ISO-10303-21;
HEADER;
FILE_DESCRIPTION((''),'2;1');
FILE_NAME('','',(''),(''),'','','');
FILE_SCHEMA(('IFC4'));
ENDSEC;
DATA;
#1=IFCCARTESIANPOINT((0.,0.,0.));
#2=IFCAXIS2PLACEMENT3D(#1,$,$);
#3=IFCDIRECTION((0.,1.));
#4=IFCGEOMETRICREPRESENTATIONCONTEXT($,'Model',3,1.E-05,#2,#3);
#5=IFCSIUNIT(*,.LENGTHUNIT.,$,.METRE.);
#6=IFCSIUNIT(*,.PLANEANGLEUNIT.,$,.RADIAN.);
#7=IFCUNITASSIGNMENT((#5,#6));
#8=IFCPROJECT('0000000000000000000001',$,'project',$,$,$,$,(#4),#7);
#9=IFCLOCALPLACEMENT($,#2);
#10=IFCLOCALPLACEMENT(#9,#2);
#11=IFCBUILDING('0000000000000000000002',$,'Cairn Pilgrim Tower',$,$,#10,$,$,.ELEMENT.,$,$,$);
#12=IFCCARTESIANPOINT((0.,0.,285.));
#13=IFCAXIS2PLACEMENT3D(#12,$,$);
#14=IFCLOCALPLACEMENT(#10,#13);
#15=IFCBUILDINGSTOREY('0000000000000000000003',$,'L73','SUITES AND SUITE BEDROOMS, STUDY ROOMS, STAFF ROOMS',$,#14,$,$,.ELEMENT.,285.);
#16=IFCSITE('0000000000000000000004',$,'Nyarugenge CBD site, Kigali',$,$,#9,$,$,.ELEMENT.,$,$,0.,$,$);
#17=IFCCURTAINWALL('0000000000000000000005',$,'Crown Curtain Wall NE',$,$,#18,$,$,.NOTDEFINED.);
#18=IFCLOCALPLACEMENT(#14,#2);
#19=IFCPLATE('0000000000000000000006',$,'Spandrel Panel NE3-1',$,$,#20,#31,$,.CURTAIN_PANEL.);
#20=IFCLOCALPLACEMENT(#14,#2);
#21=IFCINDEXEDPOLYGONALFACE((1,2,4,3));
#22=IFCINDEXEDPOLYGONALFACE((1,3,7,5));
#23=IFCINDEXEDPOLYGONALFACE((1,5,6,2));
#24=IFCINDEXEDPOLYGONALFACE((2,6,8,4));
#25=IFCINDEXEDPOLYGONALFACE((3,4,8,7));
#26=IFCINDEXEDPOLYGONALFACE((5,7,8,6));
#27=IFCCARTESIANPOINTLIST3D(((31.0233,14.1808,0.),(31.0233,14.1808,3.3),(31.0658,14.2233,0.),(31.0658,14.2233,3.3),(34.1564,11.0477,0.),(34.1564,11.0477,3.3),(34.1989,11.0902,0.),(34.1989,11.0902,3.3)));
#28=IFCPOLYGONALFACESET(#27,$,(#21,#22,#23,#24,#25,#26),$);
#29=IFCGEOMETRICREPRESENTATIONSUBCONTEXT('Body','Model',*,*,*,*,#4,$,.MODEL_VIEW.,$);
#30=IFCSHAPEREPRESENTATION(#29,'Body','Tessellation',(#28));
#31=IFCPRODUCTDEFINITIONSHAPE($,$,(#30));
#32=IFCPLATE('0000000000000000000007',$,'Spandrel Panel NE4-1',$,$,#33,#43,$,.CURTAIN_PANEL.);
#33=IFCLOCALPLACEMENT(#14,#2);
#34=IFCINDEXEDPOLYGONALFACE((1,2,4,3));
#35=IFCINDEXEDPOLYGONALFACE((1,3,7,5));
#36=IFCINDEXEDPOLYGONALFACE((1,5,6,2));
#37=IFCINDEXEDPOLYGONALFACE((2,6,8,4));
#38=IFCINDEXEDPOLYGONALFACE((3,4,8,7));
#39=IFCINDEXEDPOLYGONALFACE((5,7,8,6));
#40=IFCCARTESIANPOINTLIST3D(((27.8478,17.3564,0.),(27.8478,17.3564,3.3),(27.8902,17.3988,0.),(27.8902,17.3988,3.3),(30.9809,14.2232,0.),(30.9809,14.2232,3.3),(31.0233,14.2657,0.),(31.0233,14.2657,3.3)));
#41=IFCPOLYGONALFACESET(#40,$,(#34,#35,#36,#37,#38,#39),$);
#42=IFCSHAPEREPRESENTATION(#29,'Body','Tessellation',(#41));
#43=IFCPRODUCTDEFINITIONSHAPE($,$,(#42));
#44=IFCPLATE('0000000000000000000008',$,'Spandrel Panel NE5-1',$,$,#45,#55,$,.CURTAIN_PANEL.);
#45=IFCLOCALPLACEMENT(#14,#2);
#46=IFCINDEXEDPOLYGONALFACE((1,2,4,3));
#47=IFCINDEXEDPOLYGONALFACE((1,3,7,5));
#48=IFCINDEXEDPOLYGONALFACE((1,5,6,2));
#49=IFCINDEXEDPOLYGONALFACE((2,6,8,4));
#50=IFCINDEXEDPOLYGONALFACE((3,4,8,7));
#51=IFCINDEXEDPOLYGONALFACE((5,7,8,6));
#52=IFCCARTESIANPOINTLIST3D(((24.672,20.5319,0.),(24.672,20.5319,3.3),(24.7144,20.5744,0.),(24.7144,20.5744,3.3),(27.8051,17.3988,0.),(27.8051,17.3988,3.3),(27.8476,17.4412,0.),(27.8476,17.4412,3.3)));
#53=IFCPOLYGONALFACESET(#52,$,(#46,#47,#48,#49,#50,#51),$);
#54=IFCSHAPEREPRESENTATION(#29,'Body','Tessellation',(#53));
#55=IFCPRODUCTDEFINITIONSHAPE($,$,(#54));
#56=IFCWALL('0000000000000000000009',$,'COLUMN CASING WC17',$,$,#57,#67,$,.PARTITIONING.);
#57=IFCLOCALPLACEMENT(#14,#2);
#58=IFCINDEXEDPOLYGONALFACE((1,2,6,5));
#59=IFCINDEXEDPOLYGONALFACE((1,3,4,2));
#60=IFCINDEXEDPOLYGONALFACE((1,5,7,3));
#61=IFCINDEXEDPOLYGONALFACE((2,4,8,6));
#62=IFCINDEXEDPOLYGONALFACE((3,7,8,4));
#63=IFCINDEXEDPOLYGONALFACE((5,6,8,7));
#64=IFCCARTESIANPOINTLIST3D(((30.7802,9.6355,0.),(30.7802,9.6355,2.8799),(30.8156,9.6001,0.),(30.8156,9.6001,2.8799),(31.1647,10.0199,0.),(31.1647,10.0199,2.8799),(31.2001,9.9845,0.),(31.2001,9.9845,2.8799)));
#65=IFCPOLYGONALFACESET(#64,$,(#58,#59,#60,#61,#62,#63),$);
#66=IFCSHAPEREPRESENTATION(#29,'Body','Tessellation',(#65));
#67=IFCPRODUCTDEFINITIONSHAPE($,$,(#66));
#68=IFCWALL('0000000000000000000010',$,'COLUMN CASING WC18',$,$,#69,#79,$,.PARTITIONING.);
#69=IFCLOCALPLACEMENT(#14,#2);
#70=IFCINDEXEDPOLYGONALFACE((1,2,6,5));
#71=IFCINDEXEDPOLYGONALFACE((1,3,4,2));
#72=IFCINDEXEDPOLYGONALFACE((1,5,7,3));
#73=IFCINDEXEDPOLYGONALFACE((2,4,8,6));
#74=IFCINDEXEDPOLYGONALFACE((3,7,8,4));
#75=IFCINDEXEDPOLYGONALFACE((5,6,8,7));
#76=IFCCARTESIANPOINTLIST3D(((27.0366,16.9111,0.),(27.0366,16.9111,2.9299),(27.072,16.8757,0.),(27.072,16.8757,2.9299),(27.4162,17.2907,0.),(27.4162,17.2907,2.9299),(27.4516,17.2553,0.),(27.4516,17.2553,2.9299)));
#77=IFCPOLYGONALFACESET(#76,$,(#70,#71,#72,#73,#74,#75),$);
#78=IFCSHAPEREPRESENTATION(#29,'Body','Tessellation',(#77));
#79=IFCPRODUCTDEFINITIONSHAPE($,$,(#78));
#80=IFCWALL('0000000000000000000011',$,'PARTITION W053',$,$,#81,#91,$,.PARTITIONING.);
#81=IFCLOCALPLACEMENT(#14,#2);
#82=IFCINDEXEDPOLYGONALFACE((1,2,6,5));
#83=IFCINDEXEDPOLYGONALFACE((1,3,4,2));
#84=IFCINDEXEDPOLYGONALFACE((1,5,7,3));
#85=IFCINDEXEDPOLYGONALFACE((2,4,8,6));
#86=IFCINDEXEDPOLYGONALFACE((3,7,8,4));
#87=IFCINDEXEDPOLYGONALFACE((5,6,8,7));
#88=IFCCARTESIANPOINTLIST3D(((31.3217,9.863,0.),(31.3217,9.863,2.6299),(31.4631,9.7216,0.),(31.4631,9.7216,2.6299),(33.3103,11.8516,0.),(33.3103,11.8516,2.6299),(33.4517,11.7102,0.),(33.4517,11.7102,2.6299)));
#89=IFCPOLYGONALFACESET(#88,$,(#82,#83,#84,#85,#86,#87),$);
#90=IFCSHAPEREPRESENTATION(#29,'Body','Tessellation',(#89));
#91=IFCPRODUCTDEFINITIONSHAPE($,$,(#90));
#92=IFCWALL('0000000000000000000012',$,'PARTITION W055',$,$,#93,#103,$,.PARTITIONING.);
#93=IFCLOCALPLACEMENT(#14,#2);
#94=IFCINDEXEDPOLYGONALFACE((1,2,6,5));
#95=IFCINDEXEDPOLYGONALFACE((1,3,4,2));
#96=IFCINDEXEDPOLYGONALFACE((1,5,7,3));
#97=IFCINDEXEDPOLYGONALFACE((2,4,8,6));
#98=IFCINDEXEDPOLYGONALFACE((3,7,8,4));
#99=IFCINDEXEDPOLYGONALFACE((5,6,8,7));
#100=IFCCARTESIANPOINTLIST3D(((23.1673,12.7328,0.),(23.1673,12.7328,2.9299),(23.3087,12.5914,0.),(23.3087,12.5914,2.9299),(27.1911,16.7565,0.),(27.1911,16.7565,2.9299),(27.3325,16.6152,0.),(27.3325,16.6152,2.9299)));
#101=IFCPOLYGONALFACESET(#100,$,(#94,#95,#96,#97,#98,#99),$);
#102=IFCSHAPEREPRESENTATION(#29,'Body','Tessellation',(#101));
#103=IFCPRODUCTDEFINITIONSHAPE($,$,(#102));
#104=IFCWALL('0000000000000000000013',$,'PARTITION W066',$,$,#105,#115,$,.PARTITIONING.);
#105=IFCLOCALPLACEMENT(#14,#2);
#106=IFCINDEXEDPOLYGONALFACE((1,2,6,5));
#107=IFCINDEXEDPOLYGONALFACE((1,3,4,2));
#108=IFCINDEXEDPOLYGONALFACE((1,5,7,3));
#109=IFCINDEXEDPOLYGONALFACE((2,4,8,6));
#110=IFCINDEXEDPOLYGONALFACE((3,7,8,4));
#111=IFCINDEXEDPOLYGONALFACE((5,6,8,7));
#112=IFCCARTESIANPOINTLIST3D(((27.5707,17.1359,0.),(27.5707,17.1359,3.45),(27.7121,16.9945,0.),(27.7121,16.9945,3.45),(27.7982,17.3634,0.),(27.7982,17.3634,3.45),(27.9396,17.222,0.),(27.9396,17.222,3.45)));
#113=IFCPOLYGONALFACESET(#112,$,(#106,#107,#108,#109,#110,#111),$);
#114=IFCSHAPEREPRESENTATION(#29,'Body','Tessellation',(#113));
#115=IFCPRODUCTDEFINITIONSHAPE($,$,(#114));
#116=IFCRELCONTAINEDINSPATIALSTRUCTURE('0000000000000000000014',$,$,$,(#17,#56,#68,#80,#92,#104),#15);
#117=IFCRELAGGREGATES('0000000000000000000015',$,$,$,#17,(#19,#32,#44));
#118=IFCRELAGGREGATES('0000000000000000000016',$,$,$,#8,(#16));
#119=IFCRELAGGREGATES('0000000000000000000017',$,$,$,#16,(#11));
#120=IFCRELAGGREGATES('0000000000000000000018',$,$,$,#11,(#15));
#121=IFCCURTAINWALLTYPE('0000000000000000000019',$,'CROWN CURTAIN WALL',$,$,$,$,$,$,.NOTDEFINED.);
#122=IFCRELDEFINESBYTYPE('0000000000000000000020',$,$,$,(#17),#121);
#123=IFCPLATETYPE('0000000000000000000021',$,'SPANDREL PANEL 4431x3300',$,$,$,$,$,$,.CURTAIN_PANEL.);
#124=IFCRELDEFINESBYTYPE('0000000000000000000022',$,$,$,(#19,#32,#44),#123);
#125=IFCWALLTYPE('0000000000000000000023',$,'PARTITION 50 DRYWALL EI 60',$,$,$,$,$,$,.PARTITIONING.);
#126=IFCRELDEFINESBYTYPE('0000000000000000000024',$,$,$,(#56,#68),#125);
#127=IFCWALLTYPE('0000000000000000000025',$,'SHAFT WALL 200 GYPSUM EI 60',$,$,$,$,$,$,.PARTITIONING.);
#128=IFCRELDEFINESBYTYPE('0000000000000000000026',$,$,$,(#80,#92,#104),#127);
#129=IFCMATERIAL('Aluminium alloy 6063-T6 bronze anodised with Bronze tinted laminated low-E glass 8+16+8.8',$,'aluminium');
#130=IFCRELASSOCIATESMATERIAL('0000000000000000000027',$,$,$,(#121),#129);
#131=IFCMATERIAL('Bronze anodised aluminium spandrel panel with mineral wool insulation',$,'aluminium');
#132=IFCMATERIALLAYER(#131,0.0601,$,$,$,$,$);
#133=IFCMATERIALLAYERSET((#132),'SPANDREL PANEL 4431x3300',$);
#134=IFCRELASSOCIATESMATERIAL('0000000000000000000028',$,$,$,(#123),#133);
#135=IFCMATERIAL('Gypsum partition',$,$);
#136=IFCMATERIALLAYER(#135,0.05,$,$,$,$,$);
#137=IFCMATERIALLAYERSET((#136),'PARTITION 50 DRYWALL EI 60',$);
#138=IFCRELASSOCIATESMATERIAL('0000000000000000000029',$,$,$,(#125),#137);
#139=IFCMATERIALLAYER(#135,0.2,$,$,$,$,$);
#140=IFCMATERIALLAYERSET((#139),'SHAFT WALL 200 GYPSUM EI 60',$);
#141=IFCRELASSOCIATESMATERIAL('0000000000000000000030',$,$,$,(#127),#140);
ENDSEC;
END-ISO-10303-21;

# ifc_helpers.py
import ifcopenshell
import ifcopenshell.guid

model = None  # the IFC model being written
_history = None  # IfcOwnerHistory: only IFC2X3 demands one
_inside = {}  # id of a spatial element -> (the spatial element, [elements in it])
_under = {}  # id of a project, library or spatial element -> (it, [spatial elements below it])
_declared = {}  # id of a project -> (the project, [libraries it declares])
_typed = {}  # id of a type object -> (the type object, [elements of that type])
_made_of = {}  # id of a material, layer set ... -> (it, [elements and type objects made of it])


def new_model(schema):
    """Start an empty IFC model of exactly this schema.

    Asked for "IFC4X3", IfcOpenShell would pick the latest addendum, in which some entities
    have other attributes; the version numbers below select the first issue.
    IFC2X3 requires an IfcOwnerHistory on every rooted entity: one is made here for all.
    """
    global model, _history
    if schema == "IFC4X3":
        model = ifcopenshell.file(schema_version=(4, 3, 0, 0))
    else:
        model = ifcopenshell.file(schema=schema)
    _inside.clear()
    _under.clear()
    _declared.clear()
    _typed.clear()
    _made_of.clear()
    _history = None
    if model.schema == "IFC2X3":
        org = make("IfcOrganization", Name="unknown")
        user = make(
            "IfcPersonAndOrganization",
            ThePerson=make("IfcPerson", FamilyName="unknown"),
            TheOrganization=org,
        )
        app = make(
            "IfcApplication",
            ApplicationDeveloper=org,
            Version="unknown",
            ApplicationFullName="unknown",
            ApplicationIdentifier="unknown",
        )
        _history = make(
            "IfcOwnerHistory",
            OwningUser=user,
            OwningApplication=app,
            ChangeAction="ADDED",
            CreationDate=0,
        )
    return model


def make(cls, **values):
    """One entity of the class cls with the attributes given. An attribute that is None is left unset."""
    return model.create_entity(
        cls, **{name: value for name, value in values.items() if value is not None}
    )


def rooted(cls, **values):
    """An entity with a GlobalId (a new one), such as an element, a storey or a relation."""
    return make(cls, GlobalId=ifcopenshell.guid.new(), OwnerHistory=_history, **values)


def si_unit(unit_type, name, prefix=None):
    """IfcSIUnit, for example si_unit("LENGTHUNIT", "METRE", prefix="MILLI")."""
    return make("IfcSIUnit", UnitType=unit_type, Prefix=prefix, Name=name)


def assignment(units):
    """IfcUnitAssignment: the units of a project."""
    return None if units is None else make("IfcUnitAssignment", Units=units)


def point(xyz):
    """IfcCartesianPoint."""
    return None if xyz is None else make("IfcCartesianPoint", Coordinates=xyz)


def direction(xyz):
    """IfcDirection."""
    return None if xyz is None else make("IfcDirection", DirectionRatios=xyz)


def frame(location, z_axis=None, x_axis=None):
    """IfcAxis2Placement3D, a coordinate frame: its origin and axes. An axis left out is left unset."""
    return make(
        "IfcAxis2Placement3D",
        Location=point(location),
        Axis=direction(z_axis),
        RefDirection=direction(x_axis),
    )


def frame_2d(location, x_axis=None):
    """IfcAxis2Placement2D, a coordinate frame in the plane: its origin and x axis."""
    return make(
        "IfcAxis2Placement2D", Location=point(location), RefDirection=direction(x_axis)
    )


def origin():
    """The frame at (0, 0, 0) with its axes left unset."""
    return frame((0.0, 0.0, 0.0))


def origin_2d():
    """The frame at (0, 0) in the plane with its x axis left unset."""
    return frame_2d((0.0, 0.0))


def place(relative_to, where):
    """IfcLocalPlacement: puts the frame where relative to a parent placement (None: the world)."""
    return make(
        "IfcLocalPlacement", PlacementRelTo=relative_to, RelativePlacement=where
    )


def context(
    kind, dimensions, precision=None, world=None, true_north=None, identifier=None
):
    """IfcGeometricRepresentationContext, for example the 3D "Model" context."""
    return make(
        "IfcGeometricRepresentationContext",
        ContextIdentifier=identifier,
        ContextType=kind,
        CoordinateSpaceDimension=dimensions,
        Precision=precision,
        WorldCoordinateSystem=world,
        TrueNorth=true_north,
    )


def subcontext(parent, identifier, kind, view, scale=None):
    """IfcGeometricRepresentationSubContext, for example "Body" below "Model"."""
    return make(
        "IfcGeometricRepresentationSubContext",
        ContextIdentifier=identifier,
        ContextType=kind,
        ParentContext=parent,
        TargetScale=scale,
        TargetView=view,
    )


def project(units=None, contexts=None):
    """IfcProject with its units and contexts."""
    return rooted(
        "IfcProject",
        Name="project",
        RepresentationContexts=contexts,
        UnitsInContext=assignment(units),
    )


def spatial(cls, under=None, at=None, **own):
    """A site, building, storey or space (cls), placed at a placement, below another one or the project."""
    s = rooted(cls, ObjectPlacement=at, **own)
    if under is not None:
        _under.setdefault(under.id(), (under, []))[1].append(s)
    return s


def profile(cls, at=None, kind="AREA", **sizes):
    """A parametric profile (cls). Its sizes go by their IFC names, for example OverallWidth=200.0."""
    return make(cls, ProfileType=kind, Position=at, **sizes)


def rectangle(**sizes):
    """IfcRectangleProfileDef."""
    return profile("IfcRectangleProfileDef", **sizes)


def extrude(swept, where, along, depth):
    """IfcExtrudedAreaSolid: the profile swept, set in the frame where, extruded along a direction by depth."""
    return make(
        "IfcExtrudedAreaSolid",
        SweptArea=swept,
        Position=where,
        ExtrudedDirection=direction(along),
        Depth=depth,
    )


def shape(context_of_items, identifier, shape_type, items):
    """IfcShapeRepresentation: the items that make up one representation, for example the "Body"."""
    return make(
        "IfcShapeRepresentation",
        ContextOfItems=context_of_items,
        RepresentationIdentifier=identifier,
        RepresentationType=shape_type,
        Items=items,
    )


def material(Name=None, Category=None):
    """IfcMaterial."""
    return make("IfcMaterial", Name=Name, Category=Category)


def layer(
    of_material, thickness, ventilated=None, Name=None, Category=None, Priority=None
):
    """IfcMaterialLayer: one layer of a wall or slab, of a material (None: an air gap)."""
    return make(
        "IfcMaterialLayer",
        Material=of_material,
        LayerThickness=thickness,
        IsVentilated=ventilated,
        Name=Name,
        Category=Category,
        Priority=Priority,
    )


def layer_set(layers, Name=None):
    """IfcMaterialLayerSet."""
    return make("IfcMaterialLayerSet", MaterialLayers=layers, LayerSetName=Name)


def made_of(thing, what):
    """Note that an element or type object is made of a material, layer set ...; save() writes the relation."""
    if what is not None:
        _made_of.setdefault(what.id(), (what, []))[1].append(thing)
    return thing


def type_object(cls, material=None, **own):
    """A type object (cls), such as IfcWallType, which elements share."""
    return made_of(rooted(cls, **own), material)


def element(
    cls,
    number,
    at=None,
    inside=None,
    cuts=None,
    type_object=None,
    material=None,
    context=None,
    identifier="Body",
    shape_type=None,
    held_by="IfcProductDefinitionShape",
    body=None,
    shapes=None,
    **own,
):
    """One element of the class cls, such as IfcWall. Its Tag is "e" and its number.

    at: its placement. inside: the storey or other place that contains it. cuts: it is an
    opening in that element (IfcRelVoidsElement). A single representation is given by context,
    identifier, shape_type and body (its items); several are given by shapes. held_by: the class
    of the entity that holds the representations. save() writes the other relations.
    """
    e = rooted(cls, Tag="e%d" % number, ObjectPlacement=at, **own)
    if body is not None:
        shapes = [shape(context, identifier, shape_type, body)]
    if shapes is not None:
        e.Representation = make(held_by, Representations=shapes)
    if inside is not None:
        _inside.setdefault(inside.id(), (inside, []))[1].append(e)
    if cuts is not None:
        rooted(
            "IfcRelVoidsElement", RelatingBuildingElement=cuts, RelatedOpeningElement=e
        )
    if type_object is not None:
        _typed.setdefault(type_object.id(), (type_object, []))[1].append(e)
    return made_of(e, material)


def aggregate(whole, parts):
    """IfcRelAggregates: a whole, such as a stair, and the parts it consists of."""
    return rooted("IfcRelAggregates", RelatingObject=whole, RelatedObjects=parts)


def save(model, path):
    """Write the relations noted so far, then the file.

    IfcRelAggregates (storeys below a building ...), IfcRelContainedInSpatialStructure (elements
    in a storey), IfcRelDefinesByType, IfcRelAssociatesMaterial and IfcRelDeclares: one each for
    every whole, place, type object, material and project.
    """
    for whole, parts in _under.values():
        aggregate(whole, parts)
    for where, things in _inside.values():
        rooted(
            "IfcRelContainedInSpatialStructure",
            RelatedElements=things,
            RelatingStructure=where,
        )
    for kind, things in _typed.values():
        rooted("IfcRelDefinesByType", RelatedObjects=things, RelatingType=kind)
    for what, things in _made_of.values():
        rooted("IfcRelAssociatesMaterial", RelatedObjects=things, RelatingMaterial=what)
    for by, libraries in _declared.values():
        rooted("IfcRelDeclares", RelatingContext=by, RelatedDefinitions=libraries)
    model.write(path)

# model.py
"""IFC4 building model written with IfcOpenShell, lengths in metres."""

from ifc_helpers import new_model, si_unit, direction, frame, frame_2d, origin, origin_2d, place, context, subcontext, project, spatial, rectangle, extrude, material, layer, layer_set, type_object, element, aggregate, save


model = new_model("IFC4")

# Units and contexts
model_context = context("Model", 3, precision=1e-05, world=origin(), true_north=direction((0.0, 1.0)))
body_context = subcontext(model_context, "Body", "Model", "MODEL_VIEW")
ifc_project = project(units=[si_unit("LENGTHUNIT", "METRE"), si_unit("PLANEANGLEUNIT", "RADIAN")], contexts=[model_context])

# Site, building, storey
site_placement = place(None, origin())
site = spatial("IfcSite", under=ifc_project, at=site_placement, Name="Nyarugenge CBD site, Kigali", CompositionType="ELEMENT", RefElevation=0.0)
building_placement = place(site_placement, origin())
building = spatial("IfcBuilding", under=site, at=building_placement, Name="Cairn Pilgrim Tower", CompositionType="ELEMENT")
storey_placement = place(building_placement, frame((0.0, 0.0, 285.0)))
storey = spatial("IfcBuildingStorey", under=building, at=storey_placement, Name="L73", Description="SUITES AND SUITE BEDROOMS, STUDY ROOMS, STAFF ROOMS", CompositionType="ELEMENT", Elevation=285.0)

# Curtain wall
ifc_material_1 = material(Name="Aluminium alloy 6063-T6 bronze anodised with Bronze tinted laminated low-E glass 8+16+8.8", Category="aluminium")
curtain_wall_type = type_object("IfcCurtainWallType", Name="CROWN CURTAIN WALL", PredefinedType="NOTDEFINED", material=ifc_material_1)
curtain_wall_placement = place(storey_placement, origin())
curtain_wall = element("IfcCurtainWall", 1, at=curtain_wall_placement, inside=storey, type_object=curtain_wall_type, Name="Crown Curtain Wall NE", PredefinedType="NOTDEFINED")

# Plates
ifc_material_2 = material(Name="Bronze anodised aluminium spandrel panel with mineral wool insulation", Category="aluminium")
ifc_layer_1 = layer(ifc_material_2, 0.0601)
ifc_layer_set_1 = layer_set([ifc_layer_1], Name="SPANDREL PANEL 4431x3300")
plate_type = type_object("IfcPlateType", Name="SPANDREL PANEL 4431x3300", PredefinedType="CURTAIN_PANEL", material=ifc_layer_set_1)
plate_1_placement = place(storey_placement, frame((32.6111, 12.6355, 0.0), z_axis=(0.0, 0.0, 1.0), x_axis=(-0.707107, 0.707107, 0.0)))
plate_1 = element("IfcPlate", 2, at=plate_1_placement, type_object=plate_type, Name="Spandrel Panel NE3-1", PredefinedType="CURTAIN_PANEL", context=body_context, shape_type="SweptSolid", body=[
    extrude(rectangle(XDim=4.4309, YDim=0.0601, at=origin_2d()), origin(), (0.0, 0.0, 1.0), 3.3),
])
plate_2_placement = place(storey_placement, frame((29.4355, 15.811, 0.0), z_axis=(0.0, 0.0, 1.0), x_axis=(-0.707107, 0.707107, 0.0)))
plate_2 = element("IfcPlate", 3, at=plate_2_placement, type_object=plate_type, Name="Spandrel Panel NE4-1", PredefinedType="CURTAIN_PANEL", context=body_context, shape_type="SweptSolid", body=[
    extrude(rectangle(XDim=4.4309, YDim=0.0601, at=origin_2d()), origin(), (0.0, 0.0, 1.0), 3.3),
])
plate_3_placement = place(storey_placement, frame((26.2598, 18.9866, 0.0), z_axis=(0.0, 0.0, 1.0), x_axis=(-0.707107, 0.707107, 0.0)))
plate_3 = element("IfcPlate", 4, at=plate_3_placement, type_object=plate_type, Name="Spandrel Panel NE5-1", PredefinedType="CURTAIN_PANEL", context=body_context, shape_type="SweptSolid", body=[
    extrude(rectangle(XDim=4.4309, YDim=0.0601, at=origin_2d()), origin(), (0.0, 0.0, 1.0), 3.3),
])
aggregate(curtain_wall, [plate_1, plate_2, plate_3])

# Walls
ifc_material_3 = material(Name="Gypsum partition")
ifc_layer_2 = layer(ifc_material_3, 0.05)
ifc_layer_set_2 = layer_set([ifc_layer_2], Name="PARTITION 50 DRYWALL EI 60")
wall_type_1 = type_object("IfcWallType", Name="PARTITION 50 DRYWALL EI 60", PredefinedType="PARTITIONING", material=ifc_layer_set_2)
wall_1_placement = place(storey_placement, frame((30.7979, 9.6177, 0.0), z_axis=(0.0, 0.0, 1.0), x_axis=(0.707107, 0.707107, 0.0)))
element("IfcWall", 5, at=wall_1_placement, inside=storey, type_object=wall_type_1, Name="COLUMN CASING WC17", PredefinedType="PARTITIONING", context=body_context, shape_type="SweptSolid", body=[
    extrude(rectangle(XDim=0.5437, YDim=0.05, at=frame_2d((0.272, 0.0))), origin(), (0.0, 0.0, 1.0), 2.8799),
])
wall_2_placement = place(storey_placement, frame((27.0542, 16.8933, 0.0), z_axis=(0.0, 0.0, 1.0), x_axis=(0.707107, 0.707107, 0.0)))
element("IfcWall", 6, at=wall_2_placement, inside=storey, type_object=wall_type_1, Name="COLUMN CASING WC18", PredefinedType="PARTITIONING", context=body_context, shape_type="SweptSolid", body=[
    extrude(rectangle(XDim=0.5369, YDim=0.05, at=frame_2d((0.2686, 0.0))), origin(), (0.0, 0.0, 1.0), 2.9299),
])
ifc_layer_3 = layer(ifc_material_3, 0.2)
ifc_layer_set_3 = layer_set([ifc_layer_3], Name="SHAFT WALL 200 GYPSUM EI 60")
wall_type_2 = type_object("IfcWallType", Name="SHAFT WALL 200 GYPSUM EI 60", PredefinedType="PARTITIONING", material=ifc_layer_set_3)
wall_3_placement = place(storey_placement, frame((31.3923, 9.7922, 0.0), z_axis=(0.0, 0.0, 1.0), x_axis=(0.707107, 0.707107, 0.0)))
element("IfcWall", 7, at=wall_3_placement, inside=storey, type_object=wall_type_2, Name="PARTITION W053", PredefinedType="PARTITIONING", context=body_context, shape_type="SweptSolid", body=[
    extrude(rectangle(XDim=2.8123, YDim=0.2, at=frame_2d((1.4062, 0.0))), origin(), (0.0, 0.0, 1.0), 2.6299),
])
wall_4_placement = place(storey_placement, frame((23.238, 12.6621, 0.0), z_axis=(0.0, 0.0, 1.0), x_axis=(0.707107, 0.707107, 0.0)))
element("IfcWall", 8, at=wall_4_placement, inside=storey, type_object=wall_type_2, Name="PARTITION W055", PredefinedType="PARTITIONING", context=body_context, shape_type="SweptSolid", body=[
    extrude(rectangle(XDim=5.6904, YDim=0.2, at=frame_2d((2.8452, 0.0))), origin(), (0.0, 0.0, 1.0), 2.9299),
])
wall_5_placement = place(storey_placement, frame((27.6414, 17.0652, 0.0), z_axis=(0.0, 0.0, 1.0), x_axis=(0.707107, 0.707107, 0.0)))
element("IfcWall", 9, at=wall_5_placement, inside=storey, type_object=wall_type_2, Name="PARTITION W066", PredefinedType="PARTITIONING", context=body_context, shape_type="SweptSolid", body=[
    extrude(rectangle(XDim=0.3218, YDim=0.2, at=frame_2d((0.1609, 0.0))), origin(), (0.0, 0.0, 1.0), 3.45),
])

save(model, "model.ifc")
